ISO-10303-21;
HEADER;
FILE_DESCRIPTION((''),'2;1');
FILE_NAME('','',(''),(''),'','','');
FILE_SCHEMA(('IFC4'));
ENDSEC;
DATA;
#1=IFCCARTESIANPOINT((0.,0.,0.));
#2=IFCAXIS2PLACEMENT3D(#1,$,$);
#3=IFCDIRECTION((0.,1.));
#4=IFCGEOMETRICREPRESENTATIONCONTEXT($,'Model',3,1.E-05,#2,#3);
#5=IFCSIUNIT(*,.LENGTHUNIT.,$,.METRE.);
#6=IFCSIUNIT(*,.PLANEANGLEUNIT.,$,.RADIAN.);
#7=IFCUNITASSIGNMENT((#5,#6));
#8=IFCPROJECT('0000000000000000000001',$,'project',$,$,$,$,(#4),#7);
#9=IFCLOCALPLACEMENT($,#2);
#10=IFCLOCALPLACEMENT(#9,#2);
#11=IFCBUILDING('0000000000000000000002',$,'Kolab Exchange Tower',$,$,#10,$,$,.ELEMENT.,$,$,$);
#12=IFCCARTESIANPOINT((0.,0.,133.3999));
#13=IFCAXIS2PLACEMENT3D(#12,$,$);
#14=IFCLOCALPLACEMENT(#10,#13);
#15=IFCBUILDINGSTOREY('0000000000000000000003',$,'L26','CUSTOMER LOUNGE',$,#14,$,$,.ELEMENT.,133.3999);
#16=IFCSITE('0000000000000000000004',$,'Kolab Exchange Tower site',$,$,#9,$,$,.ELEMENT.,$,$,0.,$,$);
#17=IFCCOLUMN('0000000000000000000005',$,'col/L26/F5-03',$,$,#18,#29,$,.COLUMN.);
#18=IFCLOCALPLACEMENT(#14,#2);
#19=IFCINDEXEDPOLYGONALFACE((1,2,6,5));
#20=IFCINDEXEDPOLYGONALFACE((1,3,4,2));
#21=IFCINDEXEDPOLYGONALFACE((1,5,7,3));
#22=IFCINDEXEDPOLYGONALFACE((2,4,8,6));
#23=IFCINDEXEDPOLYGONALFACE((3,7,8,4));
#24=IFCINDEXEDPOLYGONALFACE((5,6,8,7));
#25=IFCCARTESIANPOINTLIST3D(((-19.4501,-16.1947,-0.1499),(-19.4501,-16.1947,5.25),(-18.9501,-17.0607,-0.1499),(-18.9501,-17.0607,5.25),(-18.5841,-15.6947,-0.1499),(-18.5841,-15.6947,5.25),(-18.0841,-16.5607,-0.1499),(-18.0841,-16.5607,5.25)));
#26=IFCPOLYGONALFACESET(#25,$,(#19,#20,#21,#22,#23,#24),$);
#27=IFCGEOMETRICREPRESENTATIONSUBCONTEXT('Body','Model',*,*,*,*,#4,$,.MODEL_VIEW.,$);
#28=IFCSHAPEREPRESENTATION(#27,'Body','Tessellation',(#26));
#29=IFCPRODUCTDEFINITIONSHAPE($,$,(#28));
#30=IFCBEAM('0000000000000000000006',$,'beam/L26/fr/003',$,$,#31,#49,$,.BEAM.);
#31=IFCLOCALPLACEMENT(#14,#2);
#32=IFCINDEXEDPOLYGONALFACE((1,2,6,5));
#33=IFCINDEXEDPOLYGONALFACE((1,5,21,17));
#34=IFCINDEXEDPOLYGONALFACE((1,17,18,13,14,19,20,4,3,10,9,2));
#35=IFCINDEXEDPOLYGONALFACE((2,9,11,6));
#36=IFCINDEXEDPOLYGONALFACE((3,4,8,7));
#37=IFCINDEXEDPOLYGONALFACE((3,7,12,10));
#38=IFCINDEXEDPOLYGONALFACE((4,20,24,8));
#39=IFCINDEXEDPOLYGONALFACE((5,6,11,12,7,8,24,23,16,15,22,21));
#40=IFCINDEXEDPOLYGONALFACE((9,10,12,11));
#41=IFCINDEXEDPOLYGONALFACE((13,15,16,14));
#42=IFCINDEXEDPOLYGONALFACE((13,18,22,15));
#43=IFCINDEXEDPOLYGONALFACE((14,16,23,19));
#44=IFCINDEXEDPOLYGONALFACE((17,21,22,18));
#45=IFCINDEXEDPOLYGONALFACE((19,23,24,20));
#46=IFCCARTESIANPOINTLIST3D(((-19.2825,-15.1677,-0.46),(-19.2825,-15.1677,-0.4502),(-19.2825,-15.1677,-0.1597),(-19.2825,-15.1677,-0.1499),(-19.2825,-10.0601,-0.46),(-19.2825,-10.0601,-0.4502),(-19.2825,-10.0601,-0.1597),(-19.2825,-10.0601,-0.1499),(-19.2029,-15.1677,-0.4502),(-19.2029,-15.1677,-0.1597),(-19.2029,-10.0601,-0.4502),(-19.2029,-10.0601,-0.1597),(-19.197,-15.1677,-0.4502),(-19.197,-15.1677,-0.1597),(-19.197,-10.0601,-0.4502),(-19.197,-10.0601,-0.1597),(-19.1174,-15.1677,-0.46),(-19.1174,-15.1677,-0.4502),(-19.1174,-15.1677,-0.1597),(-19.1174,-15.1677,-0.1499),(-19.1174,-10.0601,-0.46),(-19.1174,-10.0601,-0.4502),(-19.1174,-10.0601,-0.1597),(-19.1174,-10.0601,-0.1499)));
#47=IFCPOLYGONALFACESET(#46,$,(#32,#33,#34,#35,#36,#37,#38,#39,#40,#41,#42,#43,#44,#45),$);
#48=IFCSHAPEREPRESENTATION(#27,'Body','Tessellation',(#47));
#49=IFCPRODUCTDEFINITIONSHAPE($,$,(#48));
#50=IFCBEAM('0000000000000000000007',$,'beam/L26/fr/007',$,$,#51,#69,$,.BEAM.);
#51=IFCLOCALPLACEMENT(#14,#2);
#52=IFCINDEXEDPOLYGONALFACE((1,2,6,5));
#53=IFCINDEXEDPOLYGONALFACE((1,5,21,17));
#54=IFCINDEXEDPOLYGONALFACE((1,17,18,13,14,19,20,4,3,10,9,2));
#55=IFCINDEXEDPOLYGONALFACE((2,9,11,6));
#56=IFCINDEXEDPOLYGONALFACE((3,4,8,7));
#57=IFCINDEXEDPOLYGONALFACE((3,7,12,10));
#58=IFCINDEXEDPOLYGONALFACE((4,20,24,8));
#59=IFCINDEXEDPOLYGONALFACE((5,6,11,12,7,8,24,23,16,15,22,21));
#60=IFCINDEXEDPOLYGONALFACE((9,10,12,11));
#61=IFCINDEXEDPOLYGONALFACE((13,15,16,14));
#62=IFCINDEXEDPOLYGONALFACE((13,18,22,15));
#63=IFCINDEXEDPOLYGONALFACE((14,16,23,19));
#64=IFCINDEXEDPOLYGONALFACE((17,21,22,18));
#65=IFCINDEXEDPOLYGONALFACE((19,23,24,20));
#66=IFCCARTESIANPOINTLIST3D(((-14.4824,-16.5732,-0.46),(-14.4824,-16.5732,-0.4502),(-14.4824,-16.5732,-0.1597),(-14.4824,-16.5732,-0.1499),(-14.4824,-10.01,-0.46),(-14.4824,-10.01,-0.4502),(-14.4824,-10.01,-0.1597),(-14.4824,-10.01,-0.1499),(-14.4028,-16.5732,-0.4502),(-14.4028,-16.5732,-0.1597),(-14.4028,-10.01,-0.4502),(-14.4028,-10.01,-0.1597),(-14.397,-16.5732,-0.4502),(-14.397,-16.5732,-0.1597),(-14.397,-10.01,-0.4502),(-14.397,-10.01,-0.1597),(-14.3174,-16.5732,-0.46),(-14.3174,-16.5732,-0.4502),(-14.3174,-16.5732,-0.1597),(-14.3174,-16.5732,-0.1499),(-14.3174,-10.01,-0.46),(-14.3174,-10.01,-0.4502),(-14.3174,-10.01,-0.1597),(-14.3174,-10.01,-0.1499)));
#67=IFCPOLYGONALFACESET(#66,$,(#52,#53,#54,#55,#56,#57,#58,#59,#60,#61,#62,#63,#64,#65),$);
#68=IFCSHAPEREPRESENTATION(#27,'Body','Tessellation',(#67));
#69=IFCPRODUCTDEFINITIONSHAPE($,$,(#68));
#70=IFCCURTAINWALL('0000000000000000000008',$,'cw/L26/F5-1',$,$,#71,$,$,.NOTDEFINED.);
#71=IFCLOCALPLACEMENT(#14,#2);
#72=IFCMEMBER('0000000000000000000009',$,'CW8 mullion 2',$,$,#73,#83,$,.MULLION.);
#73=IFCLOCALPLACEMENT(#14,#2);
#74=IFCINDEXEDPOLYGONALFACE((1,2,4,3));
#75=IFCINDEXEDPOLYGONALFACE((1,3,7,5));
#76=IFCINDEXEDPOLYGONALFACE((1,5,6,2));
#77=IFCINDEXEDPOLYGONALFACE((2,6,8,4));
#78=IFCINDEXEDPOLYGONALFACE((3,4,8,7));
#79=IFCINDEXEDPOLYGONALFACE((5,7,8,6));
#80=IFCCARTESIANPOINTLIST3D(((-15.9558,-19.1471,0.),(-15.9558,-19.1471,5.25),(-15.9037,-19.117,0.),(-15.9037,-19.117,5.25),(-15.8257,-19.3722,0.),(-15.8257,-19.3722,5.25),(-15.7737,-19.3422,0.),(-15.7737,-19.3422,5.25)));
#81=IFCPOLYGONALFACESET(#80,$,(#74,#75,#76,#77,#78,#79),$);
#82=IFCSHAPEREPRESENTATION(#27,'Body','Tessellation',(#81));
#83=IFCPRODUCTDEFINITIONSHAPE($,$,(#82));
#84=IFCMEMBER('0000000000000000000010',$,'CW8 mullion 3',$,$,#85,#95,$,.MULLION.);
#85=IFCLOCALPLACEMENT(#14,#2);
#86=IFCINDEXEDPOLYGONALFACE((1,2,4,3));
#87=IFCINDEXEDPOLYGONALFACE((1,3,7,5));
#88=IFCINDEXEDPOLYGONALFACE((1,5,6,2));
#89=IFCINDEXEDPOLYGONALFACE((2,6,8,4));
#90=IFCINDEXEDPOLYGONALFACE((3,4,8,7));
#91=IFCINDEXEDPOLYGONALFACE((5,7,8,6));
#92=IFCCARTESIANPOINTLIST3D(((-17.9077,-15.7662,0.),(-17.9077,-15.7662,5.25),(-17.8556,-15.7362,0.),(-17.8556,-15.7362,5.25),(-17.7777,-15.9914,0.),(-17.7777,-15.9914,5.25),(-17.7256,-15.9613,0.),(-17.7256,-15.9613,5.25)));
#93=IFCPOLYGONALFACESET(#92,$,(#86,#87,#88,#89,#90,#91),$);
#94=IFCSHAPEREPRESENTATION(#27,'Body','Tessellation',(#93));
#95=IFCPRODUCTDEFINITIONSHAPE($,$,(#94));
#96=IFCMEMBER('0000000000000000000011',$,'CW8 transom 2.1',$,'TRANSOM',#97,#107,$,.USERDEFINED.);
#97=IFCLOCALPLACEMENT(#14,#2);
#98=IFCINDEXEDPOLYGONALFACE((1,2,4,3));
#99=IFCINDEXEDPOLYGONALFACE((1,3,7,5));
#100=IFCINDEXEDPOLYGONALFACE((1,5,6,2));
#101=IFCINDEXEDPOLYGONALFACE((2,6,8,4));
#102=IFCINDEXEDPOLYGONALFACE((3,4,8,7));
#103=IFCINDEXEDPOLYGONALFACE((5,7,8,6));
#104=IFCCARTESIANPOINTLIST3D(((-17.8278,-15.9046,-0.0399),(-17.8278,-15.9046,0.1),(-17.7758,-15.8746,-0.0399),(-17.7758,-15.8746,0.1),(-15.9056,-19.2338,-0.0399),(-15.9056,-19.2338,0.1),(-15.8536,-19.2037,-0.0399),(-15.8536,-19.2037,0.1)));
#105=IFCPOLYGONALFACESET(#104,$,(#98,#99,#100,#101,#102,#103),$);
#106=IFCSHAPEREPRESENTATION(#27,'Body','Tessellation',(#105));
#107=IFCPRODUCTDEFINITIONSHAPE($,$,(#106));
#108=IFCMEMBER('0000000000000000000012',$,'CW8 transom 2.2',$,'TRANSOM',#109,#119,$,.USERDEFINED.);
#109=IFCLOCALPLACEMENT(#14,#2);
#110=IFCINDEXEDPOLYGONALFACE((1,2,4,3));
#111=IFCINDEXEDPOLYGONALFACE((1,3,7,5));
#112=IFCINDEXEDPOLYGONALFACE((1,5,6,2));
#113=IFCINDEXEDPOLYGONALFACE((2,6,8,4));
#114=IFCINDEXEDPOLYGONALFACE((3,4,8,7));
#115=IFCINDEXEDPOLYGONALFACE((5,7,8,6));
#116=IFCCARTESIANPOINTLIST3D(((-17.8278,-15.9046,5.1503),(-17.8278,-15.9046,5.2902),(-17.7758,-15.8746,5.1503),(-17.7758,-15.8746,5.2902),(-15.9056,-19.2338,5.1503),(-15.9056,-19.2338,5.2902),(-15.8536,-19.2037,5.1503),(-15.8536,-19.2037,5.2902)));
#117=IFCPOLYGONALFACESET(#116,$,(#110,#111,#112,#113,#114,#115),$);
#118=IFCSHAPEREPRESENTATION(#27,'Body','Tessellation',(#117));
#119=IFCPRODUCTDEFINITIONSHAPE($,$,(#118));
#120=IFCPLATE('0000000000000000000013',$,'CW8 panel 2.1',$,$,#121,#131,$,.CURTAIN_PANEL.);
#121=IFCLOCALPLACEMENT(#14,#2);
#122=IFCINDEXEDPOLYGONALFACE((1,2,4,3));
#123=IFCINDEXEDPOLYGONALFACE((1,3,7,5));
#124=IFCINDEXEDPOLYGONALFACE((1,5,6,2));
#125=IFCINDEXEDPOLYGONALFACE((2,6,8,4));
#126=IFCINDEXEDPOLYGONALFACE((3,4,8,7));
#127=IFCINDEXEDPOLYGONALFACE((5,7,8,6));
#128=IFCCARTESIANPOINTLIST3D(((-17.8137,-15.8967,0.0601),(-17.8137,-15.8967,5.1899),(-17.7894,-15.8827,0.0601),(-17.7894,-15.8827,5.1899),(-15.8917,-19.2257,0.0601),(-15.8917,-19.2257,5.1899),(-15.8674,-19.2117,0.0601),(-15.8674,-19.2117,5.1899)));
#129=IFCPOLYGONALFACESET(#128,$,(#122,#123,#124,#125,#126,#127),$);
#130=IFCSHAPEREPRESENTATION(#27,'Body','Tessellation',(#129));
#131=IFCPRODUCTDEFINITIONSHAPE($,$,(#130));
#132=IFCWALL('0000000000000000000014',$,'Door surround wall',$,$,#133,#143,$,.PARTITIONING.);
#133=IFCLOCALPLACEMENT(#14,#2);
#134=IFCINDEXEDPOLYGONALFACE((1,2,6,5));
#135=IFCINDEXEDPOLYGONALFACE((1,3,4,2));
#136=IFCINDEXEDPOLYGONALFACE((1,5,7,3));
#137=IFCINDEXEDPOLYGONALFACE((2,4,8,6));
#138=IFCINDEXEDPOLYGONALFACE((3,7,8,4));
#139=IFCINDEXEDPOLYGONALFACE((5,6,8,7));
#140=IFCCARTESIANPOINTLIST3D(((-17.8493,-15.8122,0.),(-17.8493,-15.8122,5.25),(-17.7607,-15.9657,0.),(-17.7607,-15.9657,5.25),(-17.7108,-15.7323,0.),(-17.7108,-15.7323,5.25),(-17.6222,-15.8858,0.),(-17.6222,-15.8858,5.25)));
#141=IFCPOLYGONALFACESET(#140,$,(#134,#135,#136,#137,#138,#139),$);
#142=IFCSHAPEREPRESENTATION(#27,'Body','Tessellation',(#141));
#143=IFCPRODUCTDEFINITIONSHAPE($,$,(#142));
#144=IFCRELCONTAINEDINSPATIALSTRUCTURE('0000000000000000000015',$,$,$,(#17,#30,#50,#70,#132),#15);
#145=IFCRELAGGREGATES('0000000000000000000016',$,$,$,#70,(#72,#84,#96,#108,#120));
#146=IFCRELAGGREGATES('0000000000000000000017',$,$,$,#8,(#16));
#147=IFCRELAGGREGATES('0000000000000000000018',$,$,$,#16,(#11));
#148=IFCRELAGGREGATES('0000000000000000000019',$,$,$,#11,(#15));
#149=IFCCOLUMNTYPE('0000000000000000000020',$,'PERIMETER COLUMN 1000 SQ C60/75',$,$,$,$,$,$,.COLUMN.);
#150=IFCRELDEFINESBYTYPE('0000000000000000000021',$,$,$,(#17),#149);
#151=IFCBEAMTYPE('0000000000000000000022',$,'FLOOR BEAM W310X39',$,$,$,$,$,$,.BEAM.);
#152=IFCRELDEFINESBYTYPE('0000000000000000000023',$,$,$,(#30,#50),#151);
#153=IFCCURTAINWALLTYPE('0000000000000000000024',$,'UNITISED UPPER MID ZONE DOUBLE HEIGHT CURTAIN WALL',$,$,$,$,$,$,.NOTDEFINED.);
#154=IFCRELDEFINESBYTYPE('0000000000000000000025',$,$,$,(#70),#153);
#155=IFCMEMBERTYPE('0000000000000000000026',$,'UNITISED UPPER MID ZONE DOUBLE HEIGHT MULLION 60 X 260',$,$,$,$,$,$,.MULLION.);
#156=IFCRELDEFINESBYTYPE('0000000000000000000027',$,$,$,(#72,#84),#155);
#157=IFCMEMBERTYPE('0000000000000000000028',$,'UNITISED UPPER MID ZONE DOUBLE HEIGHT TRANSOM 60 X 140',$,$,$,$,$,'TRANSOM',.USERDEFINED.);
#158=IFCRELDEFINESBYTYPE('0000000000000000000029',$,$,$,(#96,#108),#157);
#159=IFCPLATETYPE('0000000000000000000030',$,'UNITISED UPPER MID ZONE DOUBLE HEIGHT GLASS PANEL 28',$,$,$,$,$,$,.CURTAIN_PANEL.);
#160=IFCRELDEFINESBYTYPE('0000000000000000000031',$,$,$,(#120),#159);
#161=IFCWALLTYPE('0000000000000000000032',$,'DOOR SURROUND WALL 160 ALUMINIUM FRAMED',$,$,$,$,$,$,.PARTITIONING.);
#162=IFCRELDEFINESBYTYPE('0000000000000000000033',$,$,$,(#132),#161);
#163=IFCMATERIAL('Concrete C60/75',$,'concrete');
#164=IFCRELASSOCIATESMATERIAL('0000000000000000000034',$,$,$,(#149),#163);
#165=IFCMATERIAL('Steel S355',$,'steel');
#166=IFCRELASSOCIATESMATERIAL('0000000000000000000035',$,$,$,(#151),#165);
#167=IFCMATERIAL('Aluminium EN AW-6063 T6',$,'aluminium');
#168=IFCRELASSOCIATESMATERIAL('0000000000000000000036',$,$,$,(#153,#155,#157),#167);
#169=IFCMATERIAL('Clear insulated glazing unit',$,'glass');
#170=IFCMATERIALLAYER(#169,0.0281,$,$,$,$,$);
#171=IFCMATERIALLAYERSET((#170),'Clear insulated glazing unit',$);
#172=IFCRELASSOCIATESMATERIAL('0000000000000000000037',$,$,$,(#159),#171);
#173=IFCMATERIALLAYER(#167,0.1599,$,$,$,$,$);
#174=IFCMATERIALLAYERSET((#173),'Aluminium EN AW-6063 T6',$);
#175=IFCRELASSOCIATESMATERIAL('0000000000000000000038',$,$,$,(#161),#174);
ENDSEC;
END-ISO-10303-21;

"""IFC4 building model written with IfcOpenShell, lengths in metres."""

from ifc_helpers import new_model, si_unit, direction, frame, frame_2d, origin, origin_2d, place, context, subcontext, project, spatial, rectangle, i_section, extrude, material, layer, layer_set, material_profile, profile_set, type_object, element, aggregate, save


model = new_model("IFC4")

# Units and contexts
model_context = context("Model", 3, precision=1e-05, world=origin(), true_north=direction((0.0, 1.0)))
body_context = subcontext(model_context, "Body", "Model", "MODEL_VIEW")
ifc_project = project(units=[si_unit("LENGTHUNIT", "METRE"), si_unit("PLANEANGLEUNIT", "RADIAN")], contexts=[model_context])

# Site, building, storey
site_placement = place(None, origin())
site = spatial("IfcSite", under=ifc_project, at=site_placement, Name="Kolab Exchange Tower site", CompositionType="ELEMENT", RefElevation=0.0)
building_placement = place(site_placement, origin())
building = spatial("IfcBuilding", under=site, at=building_placement, Name="Kolab Exchange Tower", CompositionType="ELEMENT")
storey_placement = place(building_placement, frame((0.0, 0.0, 133.3999)))
storey = spatial("IfcBuildingStorey", under=building, at=storey_placement, Name="L26", Description="CUSTOMER LOUNGE", CompositionType="ELEMENT", Elevation=133.3999)

# Column
ifc_material_1 = material(Name="Concrete C60/75", Category="concrete")
ifc_material_profile_1 = material_profile(ifc_material_1, rectangle(XDim=1.0, YDim=1.0, at=origin_2d()), Name="RC1000")
ifc_profile_set_1 = profile_set([ifc_material_profile_1], Name="Concrete C60/75")
column_type = type_object("IfcColumnType", Name="PERIMETER COLUMN 1000 SQ C60/75", PredefinedType="COLUMN", material=ifc_profile_set_1)
column_placement = place(storey_placement, frame((-18.7671, -16.3777, -0.1499), z_axis=(0.0, 0.0, 1.0), x_axis=(0.866025, 0.5, 0.0)))
element("IfcColumn", 1, at=column_placement, inside=storey, type_object=column_type, Name="col/L26/F5-03", PredefinedType="COLUMN", context=body_context, shape_type="SweptSolid", body=[
    extrude(rectangle(XDim=1.0, YDim=1.0, at=origin_2d()), origin(), (0.0, 0.0, 1.0), 5.3999),
])

# Beams
ifc_material_2 = material(Name="Steel S355", Category="steel")
ifc_material_profile_2 = material_profile(ifc_material_2, i_section(OverallWidth=0.165, OverallDepth=0.3101, WebThickness=0.0059, FlangeThickness=0.0098, at=origin_2d()), Name="W310X39")
ifc_profile_set_2 = profile_set([ifc_material_profile_2], Name="Steel S355")
beam_type = type_object("IfcBeamType", Name="FLOOR BEAM W310X39", PredefinedType="BEAM", material=ifc_profile_set_2)
beam_1_placement = place(storey_placement, frame((-19.2, -15.1677, -0.3049), z_axis=(0.0, 1.0, 0.0), x_axis=(-1.0, 0.0, 0.0)))
element("IfcBeam", 2, at=beam_1_placement, inside=storey, type_object=beam_type, Name="beam/L26/fr/003", PredefinedType="BEAM", context=body_context, shape_type="SweptSolid", body=[
    extrude(i_section(OverallWidth=0.165, OverallDepth=0.3101, WebThickness=0.0059, FlangeThickness=0.0098, at=origin_2d()), origin(), (0.0, 0.0, 1.0), 5.1077),
])
beam_2_placement = place(storey_placement, frame((-14.3999, -16.5732, -0.3049), z_axis=(0.0, 1.0, 0.0), x_axis=(-1.0, 0.0, 0.0)))
element("IfcBeam", 3, at=beam_2_placement, inside=storey, type_object=beam_type, Name="beam/L26/fr/007", PredefinedType="BEAM", context=body_context, shape_type="SweptSolid", body=[
    extrude(i_section(OverallWidth=0.165, OverallDepth=0.3101, WebThickness=0.0059, FlangeThickness=0.0098, at=origin_2d()), origin(), (0.0, 0.0, 1.0), 6.5632),
])

# Curtain wall, members, plate
ifc_material_3 = material(Name="Aluminium EN AW-6063 T6", Category="aluminium")
curtain_wall_type = type_object("IfcCurtainWallType", Name="UNITISED UPPER MID ZONE DOUBLE HEIGHT CURTAIN WALL", PredefinedType="NOTDEFINED", material=ifc_material_3)
curtain_wall_placement = place(storey_placement, origin())
curtain_wall = element("IfcCurtainWall", 4, at=curtain_wall_placement, inside=storey, type_object=curtain_wall_type, Name="cw/L26/F5-1", PredefinedType="NOTDEFINED")
ifc_material_profile_3 = material_profile(ifc_material_3, rectangle(XDim=0.0601, YDim=0.26, at=origin_2d()), Name="RECT 60X260")
ifc_profile_set_3 = profile_set([ifc_material_profile_3], Name="Aluminium EN AW-6063 T6")
member_type_1 = type_object("IfcMemberType", Name="UNITISED UPPER MID ZONE DOUBLE HEIGHT MULLION 60 X 260", PredefinedType="MULLION", material=ifc_profile_set_3)
member_1_placement = place(storey_placement, frame((-15.8647, -19.2446, 0.0), z_axis=(0.0, 0.0, 1.0), x_axis=(-0.866025, -0.5, 0.0)))
member_1 = element("IfcMember", 5, at=member_1_placement, type_object=member_type_1, Name="CW8 mullion 2", PredefinedType="MULLION", context=body_context, shape_type="SweptSolid", body=[
    extrude(rectangle(XDim=0.0601, YDim=0.26, at=origin_2d()), origin(), (0.0, 0.0, 1.0), 5.25),
])
member_2_placement = place(storey_placement, frame((-17.8167, -15.8638, 0.0), z_axis=(0.0, 0.0, 1.0), x_axis=(-0.866025, -0.5, 0.0)))
member_2 = element("IfcMember", 6, at=member_2_placement, type_object=member_type_1, Name="CW8 mullion 3", PredefinedType="MULLION", context=body_context, shape_type="SweptSolid", body=[
    extrude(rectangle(XDim=0.0601, YDim=0.26, at=origin_2d()), origin(), (0.0, 0.0, 1.0), 5.25),
])
ifc_material_profile_4 = material_profile(ifc_material_3, rectangle(XDim=0.0601, YDim=0.1399, at=origin_2d()), Name="RECT 60X140")
ifc_profile_set_4 = profile_set([ifc_material_profile_4], Name="Aluminium EN AW-6063 T6")
member_type_2 = type_object("IfcMemberType", Name="UNITISED UPPER MID ZONE DOUBLE HEIGHT TRANSOM 60 X 140", ElementType="TRANSOM", PredefinedType="USERDEFINED", material=ifc_profile_set_4)
member_3_placement = place(storey_placement, frame((-15.8796, -19.2188, 0.03), z_axis=(-0.500012, 0.866018, 0.0), x_axis=(-0.866018, -0.500012, 0.0)))
member_3 = element("IfcMember", 7, at=member_3_placement, type_object=member_type_2, Name="CW8 transom 2.1", ObjectType="TRANSOM", PredefinedType="USERDEFINED", context=body_context, shape_type="SweptSolid", body=[
    extrude(rectangle(XDim=0.0601, YDim=0.1399, at=origin_2d()), origin(), (0.0, 0.0, 1.0), 3.8442),
])
member_4_placement = place(storey_placement, frame((-15.8796, -19.2188, 5.2202), z_axis=(-0.500012, 0.866018, 0.0), x_axis=(-0.866018, -0.500012, 0.0)))
member_4 = element("IfcMember", 8, at=member_4_placement, type_object=member_type_2, Name="CW8 transom 2.2", ObjectType="TRANSOM", PredefinedType="USERDEFINED", context=body_context, shape_type="SweptSolid", body=[
    extrude(rectangle(XDim=0.0601, YDim=0.1399, at=origin_2d()), origin(), (0.0, 0.0, 1.0), 3.8442),
])
ifc_material_4 = material(Name="Clear insulated glazing unit", Category="glass")
ifc_layer_1 = layer(ifc_material_4, 0.0281)
ifc_layer_set_1 = layer_set([ifc_layer_1], Name="Clear insulated glazing unit")
plate_type = type_object("IfcPlateType", Name="UNITISED UPPER MID ZONE DOUBLE HEIGHT GLASS PANEL 28", PredefinedType="CURTAIN_PANEL", material=ifc_layer_set_1)
plate_placement = place(storey_placement, frame((-16.8406, -17.5542, 0.0601), z_axis=(0.0, 0.0, 1.0), x_axis=(-0.5, 0.866025, 0.0)))
plate = element("IfcPlate", 9, at=plate_placement, type_object=plate_type, Name="CW8 panel 2.1", PredefinedType="CURTAIN_PANEL", context=body_context, shape_type="SweptSolid", body=[
    extrude(rectangle(XDim=3.844, YDim=0.0281, at=origin_2d()), origin(), (0.0, 0.0, 1.0), 5.1299),
])
aggregate(curtain_wall, [member_1, member_2, member_3, member_4, plate])

# Shared definitions
ifc_layer_2 = layer(ifc_material_3, 0.1599)
ifc_layer_set_2 = layer_set([ifc_layer_2], Name="Aluminium EN AW-6063 T6")
wall_type_1 = type_object("IfcWallType", Name="DOOR SURROUND WALL 160 ALUMINIUM FRAMED", PredefinedType="PARTITIONING", material=ifc_layer_set_2)

# Wall
wall_1_placement = place(storey_placement, frame((-17.78, -15.7722, 0.0), z_axis=(0.0, 0.0, 1.0), x_axis=(0.499842, -0.866117, 0.0)))
element("IfcWall", 10, at=wall_1_placement, inside=storey, type_object=wall_type_1, Name="Door surround wall", PredefinedType="PARTITIONING", context=body_context, shape_type="SweptSolid", body=[
    extrude(rectangle(XDim=0.1772, YDim=0.1599, at=frame_2d((0.0886, 0.0))), origin(), (0.0, 0.0, 1.0), 5.25),
])

save(model, "model.ifc")
